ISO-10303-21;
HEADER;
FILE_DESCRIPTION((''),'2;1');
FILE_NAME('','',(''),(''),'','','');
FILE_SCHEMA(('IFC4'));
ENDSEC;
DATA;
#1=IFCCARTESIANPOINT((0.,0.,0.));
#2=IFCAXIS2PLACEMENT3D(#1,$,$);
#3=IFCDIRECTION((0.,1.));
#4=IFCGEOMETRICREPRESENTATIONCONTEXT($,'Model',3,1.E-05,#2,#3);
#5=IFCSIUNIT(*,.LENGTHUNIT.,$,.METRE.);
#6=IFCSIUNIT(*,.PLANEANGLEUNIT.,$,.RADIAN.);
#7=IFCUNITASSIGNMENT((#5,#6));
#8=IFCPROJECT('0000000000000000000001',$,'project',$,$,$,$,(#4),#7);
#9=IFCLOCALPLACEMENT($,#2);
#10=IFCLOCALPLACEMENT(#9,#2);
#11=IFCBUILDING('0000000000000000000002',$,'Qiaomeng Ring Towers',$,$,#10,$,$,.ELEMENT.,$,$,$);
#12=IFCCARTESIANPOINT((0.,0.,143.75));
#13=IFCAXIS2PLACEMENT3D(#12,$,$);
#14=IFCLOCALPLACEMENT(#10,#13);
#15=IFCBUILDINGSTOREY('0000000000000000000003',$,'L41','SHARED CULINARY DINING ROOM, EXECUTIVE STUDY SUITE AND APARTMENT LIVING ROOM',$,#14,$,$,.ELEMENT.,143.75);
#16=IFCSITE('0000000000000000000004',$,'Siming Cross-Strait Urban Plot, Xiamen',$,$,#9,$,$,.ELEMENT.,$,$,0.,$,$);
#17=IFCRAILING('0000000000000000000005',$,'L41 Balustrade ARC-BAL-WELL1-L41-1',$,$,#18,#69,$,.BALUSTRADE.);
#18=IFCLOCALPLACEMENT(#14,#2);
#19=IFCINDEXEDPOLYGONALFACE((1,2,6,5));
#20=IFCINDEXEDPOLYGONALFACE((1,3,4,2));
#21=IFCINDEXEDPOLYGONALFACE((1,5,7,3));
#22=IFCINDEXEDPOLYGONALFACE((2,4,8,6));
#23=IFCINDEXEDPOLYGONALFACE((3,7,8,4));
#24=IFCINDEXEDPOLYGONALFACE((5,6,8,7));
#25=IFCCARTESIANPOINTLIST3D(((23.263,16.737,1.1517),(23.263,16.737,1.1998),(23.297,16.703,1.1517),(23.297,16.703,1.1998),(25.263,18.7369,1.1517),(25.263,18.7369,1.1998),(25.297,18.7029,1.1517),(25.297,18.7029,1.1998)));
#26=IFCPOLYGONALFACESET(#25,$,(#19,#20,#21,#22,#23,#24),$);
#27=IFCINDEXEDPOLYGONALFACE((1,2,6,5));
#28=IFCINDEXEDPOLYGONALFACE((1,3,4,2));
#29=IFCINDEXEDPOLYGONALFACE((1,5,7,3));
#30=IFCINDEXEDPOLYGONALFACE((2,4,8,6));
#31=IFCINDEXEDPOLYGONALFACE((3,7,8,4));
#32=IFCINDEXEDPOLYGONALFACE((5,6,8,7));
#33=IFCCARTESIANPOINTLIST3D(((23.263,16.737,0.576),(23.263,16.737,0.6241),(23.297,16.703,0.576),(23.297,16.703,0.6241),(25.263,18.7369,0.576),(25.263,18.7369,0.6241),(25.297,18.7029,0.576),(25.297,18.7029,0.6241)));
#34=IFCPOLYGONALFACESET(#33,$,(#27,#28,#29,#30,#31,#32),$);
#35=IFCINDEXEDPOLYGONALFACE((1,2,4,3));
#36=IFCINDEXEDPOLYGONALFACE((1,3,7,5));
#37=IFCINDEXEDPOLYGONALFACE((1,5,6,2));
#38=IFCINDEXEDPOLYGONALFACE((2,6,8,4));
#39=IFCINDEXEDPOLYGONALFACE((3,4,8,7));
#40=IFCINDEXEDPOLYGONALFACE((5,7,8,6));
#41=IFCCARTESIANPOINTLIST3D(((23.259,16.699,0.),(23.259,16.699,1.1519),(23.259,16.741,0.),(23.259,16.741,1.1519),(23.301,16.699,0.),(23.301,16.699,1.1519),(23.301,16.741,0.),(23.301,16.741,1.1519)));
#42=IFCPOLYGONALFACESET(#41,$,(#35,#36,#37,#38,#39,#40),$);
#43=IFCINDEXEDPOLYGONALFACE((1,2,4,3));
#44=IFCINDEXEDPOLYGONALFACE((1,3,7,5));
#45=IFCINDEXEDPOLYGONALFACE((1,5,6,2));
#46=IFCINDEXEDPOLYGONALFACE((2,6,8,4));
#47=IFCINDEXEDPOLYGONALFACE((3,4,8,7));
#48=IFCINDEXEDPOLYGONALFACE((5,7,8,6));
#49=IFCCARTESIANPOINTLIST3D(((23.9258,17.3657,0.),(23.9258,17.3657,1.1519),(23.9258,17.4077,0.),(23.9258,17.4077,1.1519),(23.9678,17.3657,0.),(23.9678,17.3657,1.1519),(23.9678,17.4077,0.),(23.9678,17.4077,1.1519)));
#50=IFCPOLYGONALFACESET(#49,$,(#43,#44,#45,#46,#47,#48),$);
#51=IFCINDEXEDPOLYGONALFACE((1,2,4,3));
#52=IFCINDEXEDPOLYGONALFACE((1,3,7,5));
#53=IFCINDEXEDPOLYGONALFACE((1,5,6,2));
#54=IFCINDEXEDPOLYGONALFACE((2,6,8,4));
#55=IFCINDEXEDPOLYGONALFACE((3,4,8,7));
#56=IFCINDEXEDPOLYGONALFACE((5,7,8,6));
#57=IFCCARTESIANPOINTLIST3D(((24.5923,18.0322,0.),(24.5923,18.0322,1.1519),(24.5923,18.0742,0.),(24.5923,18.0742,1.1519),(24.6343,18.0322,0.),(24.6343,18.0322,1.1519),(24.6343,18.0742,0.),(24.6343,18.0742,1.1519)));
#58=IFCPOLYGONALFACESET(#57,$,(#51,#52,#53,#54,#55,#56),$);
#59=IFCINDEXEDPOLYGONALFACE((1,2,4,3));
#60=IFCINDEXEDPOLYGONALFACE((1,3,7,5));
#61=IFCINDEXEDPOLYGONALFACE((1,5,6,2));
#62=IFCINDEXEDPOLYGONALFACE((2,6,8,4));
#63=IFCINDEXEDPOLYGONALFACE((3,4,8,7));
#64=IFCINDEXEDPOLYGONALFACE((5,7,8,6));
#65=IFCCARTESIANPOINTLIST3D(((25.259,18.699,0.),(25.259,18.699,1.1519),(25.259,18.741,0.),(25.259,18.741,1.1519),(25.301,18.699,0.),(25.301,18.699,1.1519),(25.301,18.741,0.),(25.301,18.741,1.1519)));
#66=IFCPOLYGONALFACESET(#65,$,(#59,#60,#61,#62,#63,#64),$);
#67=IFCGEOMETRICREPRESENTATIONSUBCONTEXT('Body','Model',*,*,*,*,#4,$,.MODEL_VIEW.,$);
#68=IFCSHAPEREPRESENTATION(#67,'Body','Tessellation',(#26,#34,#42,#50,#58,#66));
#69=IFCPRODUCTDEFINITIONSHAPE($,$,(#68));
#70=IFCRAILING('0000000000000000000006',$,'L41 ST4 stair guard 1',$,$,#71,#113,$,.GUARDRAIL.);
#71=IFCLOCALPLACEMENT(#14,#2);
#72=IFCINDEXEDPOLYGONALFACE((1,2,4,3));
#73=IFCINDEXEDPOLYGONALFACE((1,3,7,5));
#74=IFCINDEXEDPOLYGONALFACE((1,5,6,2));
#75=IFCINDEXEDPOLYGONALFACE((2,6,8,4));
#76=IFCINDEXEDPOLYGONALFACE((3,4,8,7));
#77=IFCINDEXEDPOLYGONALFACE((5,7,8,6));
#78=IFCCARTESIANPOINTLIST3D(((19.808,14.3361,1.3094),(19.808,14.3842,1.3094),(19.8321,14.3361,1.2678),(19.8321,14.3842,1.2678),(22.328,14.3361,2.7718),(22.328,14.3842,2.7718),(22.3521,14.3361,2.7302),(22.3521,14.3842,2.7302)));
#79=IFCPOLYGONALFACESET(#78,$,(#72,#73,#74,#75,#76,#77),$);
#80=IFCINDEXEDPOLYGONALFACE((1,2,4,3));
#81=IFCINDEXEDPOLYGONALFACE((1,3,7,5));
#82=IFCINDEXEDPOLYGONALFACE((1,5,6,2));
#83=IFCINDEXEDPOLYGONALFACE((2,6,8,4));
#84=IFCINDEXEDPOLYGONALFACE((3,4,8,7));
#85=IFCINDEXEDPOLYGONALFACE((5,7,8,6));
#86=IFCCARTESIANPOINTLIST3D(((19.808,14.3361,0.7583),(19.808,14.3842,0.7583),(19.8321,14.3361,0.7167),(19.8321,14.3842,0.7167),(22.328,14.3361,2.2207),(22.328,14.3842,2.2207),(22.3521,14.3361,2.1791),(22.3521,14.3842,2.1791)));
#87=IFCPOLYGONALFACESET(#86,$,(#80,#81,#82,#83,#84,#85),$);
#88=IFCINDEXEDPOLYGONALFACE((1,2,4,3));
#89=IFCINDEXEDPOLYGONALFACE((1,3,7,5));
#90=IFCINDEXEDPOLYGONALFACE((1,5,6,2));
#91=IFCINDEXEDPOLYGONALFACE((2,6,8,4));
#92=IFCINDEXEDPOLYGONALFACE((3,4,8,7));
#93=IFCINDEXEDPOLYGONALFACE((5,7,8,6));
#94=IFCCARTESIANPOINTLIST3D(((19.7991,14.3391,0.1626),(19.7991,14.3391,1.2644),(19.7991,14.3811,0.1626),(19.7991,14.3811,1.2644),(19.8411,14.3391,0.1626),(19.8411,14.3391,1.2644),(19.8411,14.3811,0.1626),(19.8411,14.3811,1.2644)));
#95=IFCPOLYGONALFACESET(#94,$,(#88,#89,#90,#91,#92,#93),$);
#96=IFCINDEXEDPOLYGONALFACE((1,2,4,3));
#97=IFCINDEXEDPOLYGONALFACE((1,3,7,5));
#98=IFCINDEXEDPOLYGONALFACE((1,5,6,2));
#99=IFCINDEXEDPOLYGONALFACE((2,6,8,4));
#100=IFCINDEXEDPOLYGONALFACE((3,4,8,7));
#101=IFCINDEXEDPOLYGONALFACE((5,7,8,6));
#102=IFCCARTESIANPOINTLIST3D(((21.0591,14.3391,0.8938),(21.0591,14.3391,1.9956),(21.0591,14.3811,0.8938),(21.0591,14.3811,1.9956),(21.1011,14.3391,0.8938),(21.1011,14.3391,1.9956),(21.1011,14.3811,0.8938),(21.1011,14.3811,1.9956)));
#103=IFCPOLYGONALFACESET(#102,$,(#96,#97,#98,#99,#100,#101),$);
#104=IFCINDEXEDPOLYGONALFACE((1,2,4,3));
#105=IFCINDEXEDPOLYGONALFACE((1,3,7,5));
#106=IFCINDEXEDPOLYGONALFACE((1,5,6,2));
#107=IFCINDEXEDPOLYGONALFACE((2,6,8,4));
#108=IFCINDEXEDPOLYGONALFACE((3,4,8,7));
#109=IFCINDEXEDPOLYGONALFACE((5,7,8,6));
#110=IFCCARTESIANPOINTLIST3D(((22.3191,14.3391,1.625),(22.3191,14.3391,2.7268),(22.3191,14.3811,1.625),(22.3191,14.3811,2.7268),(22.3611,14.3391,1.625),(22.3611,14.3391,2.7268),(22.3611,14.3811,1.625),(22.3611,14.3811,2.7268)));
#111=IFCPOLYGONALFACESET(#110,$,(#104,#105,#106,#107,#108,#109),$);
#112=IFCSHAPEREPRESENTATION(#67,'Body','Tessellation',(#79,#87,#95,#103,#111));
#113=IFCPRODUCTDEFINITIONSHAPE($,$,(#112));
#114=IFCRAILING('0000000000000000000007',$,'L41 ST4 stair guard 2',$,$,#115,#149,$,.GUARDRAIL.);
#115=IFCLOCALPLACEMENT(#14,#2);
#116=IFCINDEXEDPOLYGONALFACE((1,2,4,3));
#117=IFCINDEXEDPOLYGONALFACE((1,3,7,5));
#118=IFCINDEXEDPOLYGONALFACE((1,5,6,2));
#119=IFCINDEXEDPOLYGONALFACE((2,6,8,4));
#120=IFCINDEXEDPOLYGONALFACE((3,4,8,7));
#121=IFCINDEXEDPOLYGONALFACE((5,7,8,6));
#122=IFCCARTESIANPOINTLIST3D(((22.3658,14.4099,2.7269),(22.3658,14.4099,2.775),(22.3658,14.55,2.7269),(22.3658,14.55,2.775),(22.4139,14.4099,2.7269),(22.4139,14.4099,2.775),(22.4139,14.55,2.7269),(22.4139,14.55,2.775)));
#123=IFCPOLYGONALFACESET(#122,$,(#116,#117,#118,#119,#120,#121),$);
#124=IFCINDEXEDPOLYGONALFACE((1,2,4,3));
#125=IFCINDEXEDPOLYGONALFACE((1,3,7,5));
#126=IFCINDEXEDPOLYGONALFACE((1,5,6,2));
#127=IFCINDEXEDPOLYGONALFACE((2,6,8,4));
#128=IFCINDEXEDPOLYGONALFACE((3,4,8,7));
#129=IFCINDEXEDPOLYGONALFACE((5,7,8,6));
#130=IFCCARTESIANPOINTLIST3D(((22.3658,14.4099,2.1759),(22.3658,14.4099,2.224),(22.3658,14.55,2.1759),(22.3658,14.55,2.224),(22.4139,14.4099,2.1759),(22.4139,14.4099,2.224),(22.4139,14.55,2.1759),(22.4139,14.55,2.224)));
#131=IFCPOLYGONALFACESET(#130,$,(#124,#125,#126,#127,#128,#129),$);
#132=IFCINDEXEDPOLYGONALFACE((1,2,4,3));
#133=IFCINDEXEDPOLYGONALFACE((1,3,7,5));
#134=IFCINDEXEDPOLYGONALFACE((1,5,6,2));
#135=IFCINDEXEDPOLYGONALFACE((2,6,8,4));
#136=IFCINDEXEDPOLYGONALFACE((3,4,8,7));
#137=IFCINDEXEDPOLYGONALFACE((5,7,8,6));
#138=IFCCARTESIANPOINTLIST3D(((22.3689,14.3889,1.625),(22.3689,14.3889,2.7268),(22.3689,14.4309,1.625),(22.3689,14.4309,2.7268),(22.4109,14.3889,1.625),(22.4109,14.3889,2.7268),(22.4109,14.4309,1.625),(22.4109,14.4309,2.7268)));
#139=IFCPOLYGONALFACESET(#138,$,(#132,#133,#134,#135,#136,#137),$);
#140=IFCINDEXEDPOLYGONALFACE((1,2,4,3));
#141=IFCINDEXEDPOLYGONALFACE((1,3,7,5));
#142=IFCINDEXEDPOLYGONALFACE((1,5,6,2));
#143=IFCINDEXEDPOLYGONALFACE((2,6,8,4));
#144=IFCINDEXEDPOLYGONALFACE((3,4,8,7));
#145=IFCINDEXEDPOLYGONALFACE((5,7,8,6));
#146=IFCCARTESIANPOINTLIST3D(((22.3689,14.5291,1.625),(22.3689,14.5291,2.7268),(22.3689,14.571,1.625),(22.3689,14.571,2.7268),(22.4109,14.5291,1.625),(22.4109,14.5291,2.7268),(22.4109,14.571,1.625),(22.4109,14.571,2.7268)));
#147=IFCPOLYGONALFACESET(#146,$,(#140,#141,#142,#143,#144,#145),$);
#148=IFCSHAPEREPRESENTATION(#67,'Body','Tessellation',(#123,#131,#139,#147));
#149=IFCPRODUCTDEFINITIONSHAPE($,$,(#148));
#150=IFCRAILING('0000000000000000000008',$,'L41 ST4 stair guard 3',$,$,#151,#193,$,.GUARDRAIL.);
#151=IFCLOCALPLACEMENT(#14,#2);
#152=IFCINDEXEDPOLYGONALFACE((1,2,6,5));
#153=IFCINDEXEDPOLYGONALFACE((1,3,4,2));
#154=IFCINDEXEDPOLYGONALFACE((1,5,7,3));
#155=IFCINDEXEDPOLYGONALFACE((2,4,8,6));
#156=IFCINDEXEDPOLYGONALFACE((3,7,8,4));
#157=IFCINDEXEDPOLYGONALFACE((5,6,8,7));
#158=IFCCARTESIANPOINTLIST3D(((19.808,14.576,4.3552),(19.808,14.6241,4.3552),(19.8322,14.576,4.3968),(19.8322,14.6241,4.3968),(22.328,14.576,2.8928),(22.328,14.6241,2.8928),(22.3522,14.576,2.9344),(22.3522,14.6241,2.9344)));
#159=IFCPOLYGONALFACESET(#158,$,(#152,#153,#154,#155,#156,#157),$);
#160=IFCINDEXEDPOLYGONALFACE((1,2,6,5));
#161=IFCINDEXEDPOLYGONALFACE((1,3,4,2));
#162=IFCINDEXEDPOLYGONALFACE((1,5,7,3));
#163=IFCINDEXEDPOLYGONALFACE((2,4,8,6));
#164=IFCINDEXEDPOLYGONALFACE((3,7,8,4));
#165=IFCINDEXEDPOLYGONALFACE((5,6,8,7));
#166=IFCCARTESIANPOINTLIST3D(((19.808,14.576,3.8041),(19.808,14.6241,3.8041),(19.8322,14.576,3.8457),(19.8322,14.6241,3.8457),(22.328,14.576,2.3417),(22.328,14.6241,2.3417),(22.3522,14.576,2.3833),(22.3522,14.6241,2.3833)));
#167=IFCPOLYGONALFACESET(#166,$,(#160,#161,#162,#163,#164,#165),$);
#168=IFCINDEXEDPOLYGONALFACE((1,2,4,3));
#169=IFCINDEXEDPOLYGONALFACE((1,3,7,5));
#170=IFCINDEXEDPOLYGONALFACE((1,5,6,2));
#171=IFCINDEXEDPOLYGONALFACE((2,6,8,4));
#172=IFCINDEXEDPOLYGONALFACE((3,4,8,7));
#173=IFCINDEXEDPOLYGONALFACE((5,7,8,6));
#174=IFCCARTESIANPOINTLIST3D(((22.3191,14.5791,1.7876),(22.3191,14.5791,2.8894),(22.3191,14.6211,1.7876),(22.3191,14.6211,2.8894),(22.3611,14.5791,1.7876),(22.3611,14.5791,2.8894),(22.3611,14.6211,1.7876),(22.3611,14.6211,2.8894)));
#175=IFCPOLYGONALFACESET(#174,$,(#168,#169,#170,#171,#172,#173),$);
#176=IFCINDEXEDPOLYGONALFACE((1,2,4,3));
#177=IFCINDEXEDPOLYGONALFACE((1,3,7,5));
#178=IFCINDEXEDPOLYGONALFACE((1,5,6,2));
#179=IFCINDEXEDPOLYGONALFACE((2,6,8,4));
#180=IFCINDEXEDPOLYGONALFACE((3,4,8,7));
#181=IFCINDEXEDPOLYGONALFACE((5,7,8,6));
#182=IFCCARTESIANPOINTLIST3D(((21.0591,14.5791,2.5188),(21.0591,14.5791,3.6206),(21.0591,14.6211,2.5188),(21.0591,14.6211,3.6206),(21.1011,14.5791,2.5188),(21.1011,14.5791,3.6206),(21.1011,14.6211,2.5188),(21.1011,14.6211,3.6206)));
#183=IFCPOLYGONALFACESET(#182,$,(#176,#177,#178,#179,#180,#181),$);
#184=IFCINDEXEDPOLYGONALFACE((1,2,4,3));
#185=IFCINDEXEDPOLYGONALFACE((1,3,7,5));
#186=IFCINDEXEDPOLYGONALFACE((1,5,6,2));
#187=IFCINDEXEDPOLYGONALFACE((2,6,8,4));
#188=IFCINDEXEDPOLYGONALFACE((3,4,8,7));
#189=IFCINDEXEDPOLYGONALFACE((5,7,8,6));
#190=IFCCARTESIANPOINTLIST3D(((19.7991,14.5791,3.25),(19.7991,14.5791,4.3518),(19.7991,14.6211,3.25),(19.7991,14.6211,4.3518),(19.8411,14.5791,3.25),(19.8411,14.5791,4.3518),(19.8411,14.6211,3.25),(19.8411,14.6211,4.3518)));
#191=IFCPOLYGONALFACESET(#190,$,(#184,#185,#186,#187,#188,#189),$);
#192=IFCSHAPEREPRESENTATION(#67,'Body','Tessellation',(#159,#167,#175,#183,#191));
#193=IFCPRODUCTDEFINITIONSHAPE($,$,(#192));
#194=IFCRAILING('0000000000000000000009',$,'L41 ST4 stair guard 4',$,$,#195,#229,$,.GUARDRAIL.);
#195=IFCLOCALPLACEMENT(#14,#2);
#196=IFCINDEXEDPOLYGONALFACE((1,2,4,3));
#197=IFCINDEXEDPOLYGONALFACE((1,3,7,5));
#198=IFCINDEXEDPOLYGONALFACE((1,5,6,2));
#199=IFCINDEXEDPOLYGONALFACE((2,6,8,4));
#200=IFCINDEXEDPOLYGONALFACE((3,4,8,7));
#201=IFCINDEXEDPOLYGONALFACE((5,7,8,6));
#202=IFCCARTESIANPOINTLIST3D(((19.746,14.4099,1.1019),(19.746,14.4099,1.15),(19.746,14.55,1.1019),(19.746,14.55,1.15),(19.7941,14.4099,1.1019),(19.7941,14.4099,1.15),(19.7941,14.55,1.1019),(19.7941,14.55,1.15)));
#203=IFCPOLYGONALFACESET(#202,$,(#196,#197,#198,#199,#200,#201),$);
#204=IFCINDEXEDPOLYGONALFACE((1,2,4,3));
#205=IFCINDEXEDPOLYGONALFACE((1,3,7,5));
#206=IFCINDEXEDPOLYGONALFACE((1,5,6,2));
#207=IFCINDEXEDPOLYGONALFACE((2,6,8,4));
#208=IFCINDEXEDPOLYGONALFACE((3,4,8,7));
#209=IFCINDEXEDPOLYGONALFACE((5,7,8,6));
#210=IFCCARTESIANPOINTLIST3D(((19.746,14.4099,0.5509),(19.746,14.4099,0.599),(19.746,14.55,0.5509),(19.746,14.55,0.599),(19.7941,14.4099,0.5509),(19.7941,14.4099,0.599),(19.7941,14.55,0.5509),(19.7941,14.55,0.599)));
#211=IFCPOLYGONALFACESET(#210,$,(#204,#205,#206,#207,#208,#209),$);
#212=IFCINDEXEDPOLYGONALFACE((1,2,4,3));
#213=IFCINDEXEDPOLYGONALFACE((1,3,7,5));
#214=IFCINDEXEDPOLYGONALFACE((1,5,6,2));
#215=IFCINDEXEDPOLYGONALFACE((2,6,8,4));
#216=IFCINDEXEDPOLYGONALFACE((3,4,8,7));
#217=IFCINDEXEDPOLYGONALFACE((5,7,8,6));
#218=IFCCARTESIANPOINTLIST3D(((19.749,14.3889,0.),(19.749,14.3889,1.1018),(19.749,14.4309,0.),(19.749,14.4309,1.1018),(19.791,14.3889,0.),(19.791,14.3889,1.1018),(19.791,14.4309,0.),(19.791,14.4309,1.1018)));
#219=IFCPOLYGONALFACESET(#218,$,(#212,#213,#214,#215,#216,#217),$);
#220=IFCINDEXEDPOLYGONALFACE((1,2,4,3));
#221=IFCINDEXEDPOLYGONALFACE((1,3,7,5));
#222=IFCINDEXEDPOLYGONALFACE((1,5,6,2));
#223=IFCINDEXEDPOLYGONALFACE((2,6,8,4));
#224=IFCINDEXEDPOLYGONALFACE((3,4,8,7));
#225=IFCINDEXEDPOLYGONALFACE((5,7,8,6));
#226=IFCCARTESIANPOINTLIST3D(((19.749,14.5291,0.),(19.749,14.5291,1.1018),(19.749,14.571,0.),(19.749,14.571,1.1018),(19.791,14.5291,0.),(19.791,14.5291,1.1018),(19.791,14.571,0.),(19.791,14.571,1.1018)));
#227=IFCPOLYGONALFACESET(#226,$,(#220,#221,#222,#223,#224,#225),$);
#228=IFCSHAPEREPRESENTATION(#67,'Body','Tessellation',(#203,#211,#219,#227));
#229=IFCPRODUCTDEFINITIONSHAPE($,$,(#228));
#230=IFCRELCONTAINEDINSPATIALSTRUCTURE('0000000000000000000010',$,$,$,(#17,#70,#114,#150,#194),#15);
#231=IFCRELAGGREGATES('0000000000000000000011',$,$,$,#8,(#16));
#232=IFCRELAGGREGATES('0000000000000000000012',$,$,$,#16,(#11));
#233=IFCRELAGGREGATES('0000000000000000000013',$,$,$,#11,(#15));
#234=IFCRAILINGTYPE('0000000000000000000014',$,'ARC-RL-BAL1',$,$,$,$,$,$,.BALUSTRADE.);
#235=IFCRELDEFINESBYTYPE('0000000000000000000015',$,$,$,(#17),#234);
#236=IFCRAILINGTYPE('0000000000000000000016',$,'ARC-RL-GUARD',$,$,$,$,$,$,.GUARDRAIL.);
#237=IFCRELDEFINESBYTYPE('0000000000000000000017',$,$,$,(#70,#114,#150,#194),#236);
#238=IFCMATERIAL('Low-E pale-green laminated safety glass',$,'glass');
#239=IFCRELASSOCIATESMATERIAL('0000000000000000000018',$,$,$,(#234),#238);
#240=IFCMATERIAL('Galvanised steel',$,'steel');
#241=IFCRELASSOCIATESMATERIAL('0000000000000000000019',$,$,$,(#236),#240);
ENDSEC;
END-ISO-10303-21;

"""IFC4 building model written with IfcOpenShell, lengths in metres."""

from ifc_helpers import new_model, si_unit, direction, frame, origin, origin_2d, place, context, subcontext, project, spatial, rectangle, extrude, material, type_object, element, save


model = new_model("IFC4")

# Units and contexts
model_context = context("Model", 3, precision=1e-05, world=origin(), true_north=direction((0.0, 1.0)))
body_context = subcontext(model_context, "Body", "Model", "MODEL_VIEW")
ifc_project = project(units=[si_unit("LENGTHUNIT", "METRE"), si_unit("PLANEANGLEUNIT", "RADIAN")], contexts=[model_context])

# Site, building, storey
site_placement = place(None, origin())
site = spatial("IfcSite", under=ifc_project, at=site_placement, Name="Siming Cross-Strait Urban Plot, Xiamen", CompositionType="ELEMENT", RefElevation=0.0)
building_placement = place(site_placement, origin())
building = spatial("IfcBuilding", under=site, at=building_placement, Name="Qiaomeng Ring Towers", CompositionType="ELEMENT")
storey_placement = place(building_placement, frame((0.0, 0.0, 143.75)))
storey = spatial("IfcBuildingStorey", under=building, at=storey_placement, Name="L41", Description="SHARED CULINARY DINING ROOM, EXECUTIVE STUDY SUITE AND APARTMENT LIVING ROOM", CompositionType="ELEMENT", Elevation=143.75)

# Shared definitions
ifc_material_1 = material(Name="Galvanised steel", Category="steel")

# Railings
ifc_material_2 = material(Name="Low-E pale-green laminated safety glass", Category="glass")
railing_type_1 = type_object("IfcRailingType", Name="ARC-RL-BAL1", PredefinedType="BALUSTRADE", material=ifc_material_2)
railing_1_placement = place(storey_placement, frame((23.28, 16.72, 0.0)))
element("IfcRailing", 1, at=railing_1_placement, inside=storey, type_object=railing_type_1, Name="L41 Balustrade ARC-BAL-WELL1-L41-1", PredefinedType="BALUSTRADE", context=body_context, shape_type="SweptSolid", body=[
    extrude(rectangle(XDim=0.0481, YDim=0.0481, at=origin_2d()), frame((0.0, 0.0, 1.1758), z_axis=(0.707107, 0.707107, 0.0), x_axis=(-0.707107, 0.707107, 0.0)), (0.0, 0.0, 1.0), 2.8284),
    extrude(rectangle(XDim=0.0481, YDim=0.0481, at=origin_2d()), frame((0.0, 0.0, 0.6001), z_axis=(0.707107, 0.707107, 0.0), x_axis=(-0.707107, 0.707107, 0.0)), (0.0, 0.0, 1.0), 2.8284),
    extrude(rectangle(XDim=0.042, YDim=0.042, at=origin_2d()), origin(), (0.0, 0.0, 1.0), 1.1519),
    extrude(rectangle(XDim=0.042, YDim=0.042, at=origin_2d()), frame((0.6667, 0.6667, 0.0)), (0.0, 0.0, 1.0), 1.1519),
    extrude(rectangle(XDim=0.042, YDim=0.042, at=origin_2d()), frame((1.3333, 1.3333, 0.0)), (0.0, 0.0, 1.0), 1.1519),
    extrude(rectangle(XDim=0.042, YDim=0.042, at=origin_2d()), frame((2.0, 2.0, 0.0)), (0.0, 0.0, 1.0), 1.1519),
])
railing_type_2 = type_object("IfcRailingType", Name="ARC-RL-GUARD", PredefinedType="GUARDRAIL", material=ifc_material_1)
railing_2_placement = place(storey_placement, frame((19.8201, 14.3601, 0.1626)))
element("IfcRailing", 2, at=railing_2_placement, inside=storey, type_object=railing_type_2, Name="L41 ST4 stair guard 1", PredefinedType="GUARDRAIL", context=body_context, shape_type="SweptSolid", body=[
    extrude(rectangle(XDim=0.0481, YDim=0.0481, at=origin_2d()), frame((0.0, 0.0, 1.126), z_axis=(0.864913, 0.0, 0.501921), x_axis=(0.0, 1.0, 0.0)), (0.0, 0.0, 1.0), 2.9136),
    extrude(rectangle(XDim=0.0481, YDim=0.0481, at=origin_2d()), frame((0.0, 0.0, 0.575), z_axis=(0.864913, 0.0, 0.501921), x_axis=(0.0, 1.0, 0.0)), (0.0, 0.0, 1.0), 2.9136),
    extrude(rectangle(XDim=0.042, YDim=0.042, at=origin_2d()), origin(), (0.0, 0.0, 1.0), 1.1018),
    extrude(rectangle(XDim=0.042, YDim=0.042, at=origin_2d()), frame((1.26, 0.0, 0.7312)), (0.0, 0.0, 1.0), 1.1018),
    extrude(rectangle(XDim=0.042, YDim=0.042, at=origin_2d()), frame((2.52, 0.0, 1.4624)), (0.0, 0.0, 1.0), 1.1018),
])
railing_3_placement = place(storey_placement, frame((22.3899, 14.4099, 1.625)))
element("IfcRailing", 3, at=railing_3_placement, inside=storey, type_object=railing_type_2, Name="L41 ST4 stair guard 2", PredefinedType="GUARDRAIL", context=body_context, shape_type="SweptSolid", body=[
    extrude(rectangle(XDim=0.0481, YDim=0.0481, at=origin_2d()), frame((0.0, 0.0, 1.126), z_axis=(0.0, 1.0, 0.0), x_axis=(-1.0, 0.0, 0.0)), (0.0, 0.0, 1.0), 0.1401),
    extrude(rectangle(XDim=0.0481, YDim=0.0481, at=origin_2d()), frame((0.0, 0.0, 0.575), z_axis=(0.0, 1.0, 0.0), x_axis=(-1.0, 0.0, 0.0)), (0.0, 0.0, 1.0), 0.1401),
    extrude(rectangle(XDim=0.042, YDim=0.042, at=origin_2d()), origin(), (0.0, 0.0, 1.0), 1.1018),
    extrude(rectangle(XDim=0.042, YDim=0.042, at=origin_2d()), frame((0.0, 0.1401, 0.0)), (0.0, 0.0, 1.0), 1.1018),
])
railing_4_placement = place(storey_placement, frame((22.3401, 14.6001, 1.7876)))
element("IfcRailing", 4, at=railing_4_placement, inside=storey, type_object=railing_type_2, Name="L41 ST4 stair guard 3", PredefinedType="GUARDRAIL", context=body_context, shape_type="SweptSolid", body=[
    extrude(rectangle(XDim=0.0481, YDim=0.0481, at=origin_2d()), frame((0.0, 0.0, 1.126), z_axis=(-0.864913, 0.0, 0.501921), x_axis=(0.0, -1.0, 0.0)), (0.0, 0.0, 1.0), 2.9136),
    extrude(rectangle(XDim=0.0481, YDim=0.0481, at=origin_2d()), frame((0.0, 0.0, 0.575), z_axis=(-0.864913, 0.0, 0.501921), x_axis=(0.0, -1.0, 0.0)), (0.0, 0.0, 1.0), 2.9136),
    extrude(rectangle(XDim=0.042, YDim=0.042, at=origin_2d()), origin(), (0.0, 0.0, 1.0), 1.1018),
    extrude(rectangle(XDim=0.042, YDim=0.042, at=origin_2d()), frame((-1.26, 0.0, 0.7312)), (0.0, 0.0, 1.0), 1.1018),
    extrude(rectangle(XDim=0.042, YDim=0.042, at=origin_2d()), frame((-2.52, 0.0, 1.4624)), (0.0, 0.0, 1.0), 1.1018),
])
railing_5_placement = place(storey_placement, frame((19.77, 14.4099, 0.0)))
element("IfcRailing", 5, at=railing_5_placement, inside=storey, type_object=railing_type_2, Name="L41 ST4 stair guard 4", PredefinedType="GUARDRAIL", context=body_context, shape_type="SweptSolid", body=[
    extrude(rectangle(XDim=0.0481, YDim=0.0481, at=origin_2d()), frame((0.0, 0.0, 1.126), z_axis=(0.0, 1.0, 0.0), x_axis=(-1.0, 0.0, 0.0)), (0.0, 0.0, 1.0), 0.1401),
    extrude(rectangle(XDim=0.0481, YDim=0.0481, at=origin_2d()), frame((0.0, 0.0, 0.575), z_axis=(0.0, 1.0, 0.0), x_axis=(-1.0, 0.0, 0.0)), (0.0, 0.0, 1.0), 0.1401),
    extrude(rectangle(XDim=0.042, YDim=0.042, at=origin_2d()), origin(), (0.0, 0.0, 1.0), 1.1018),
    extrude(rectangle(XDim=0.042, YDim=0.042, at=origin_2d()), frame((0.0, 0.1401, 0.0)), (0.0, 0.0, 1.0), 1.1018),
])

save(model, "model.ifc")
